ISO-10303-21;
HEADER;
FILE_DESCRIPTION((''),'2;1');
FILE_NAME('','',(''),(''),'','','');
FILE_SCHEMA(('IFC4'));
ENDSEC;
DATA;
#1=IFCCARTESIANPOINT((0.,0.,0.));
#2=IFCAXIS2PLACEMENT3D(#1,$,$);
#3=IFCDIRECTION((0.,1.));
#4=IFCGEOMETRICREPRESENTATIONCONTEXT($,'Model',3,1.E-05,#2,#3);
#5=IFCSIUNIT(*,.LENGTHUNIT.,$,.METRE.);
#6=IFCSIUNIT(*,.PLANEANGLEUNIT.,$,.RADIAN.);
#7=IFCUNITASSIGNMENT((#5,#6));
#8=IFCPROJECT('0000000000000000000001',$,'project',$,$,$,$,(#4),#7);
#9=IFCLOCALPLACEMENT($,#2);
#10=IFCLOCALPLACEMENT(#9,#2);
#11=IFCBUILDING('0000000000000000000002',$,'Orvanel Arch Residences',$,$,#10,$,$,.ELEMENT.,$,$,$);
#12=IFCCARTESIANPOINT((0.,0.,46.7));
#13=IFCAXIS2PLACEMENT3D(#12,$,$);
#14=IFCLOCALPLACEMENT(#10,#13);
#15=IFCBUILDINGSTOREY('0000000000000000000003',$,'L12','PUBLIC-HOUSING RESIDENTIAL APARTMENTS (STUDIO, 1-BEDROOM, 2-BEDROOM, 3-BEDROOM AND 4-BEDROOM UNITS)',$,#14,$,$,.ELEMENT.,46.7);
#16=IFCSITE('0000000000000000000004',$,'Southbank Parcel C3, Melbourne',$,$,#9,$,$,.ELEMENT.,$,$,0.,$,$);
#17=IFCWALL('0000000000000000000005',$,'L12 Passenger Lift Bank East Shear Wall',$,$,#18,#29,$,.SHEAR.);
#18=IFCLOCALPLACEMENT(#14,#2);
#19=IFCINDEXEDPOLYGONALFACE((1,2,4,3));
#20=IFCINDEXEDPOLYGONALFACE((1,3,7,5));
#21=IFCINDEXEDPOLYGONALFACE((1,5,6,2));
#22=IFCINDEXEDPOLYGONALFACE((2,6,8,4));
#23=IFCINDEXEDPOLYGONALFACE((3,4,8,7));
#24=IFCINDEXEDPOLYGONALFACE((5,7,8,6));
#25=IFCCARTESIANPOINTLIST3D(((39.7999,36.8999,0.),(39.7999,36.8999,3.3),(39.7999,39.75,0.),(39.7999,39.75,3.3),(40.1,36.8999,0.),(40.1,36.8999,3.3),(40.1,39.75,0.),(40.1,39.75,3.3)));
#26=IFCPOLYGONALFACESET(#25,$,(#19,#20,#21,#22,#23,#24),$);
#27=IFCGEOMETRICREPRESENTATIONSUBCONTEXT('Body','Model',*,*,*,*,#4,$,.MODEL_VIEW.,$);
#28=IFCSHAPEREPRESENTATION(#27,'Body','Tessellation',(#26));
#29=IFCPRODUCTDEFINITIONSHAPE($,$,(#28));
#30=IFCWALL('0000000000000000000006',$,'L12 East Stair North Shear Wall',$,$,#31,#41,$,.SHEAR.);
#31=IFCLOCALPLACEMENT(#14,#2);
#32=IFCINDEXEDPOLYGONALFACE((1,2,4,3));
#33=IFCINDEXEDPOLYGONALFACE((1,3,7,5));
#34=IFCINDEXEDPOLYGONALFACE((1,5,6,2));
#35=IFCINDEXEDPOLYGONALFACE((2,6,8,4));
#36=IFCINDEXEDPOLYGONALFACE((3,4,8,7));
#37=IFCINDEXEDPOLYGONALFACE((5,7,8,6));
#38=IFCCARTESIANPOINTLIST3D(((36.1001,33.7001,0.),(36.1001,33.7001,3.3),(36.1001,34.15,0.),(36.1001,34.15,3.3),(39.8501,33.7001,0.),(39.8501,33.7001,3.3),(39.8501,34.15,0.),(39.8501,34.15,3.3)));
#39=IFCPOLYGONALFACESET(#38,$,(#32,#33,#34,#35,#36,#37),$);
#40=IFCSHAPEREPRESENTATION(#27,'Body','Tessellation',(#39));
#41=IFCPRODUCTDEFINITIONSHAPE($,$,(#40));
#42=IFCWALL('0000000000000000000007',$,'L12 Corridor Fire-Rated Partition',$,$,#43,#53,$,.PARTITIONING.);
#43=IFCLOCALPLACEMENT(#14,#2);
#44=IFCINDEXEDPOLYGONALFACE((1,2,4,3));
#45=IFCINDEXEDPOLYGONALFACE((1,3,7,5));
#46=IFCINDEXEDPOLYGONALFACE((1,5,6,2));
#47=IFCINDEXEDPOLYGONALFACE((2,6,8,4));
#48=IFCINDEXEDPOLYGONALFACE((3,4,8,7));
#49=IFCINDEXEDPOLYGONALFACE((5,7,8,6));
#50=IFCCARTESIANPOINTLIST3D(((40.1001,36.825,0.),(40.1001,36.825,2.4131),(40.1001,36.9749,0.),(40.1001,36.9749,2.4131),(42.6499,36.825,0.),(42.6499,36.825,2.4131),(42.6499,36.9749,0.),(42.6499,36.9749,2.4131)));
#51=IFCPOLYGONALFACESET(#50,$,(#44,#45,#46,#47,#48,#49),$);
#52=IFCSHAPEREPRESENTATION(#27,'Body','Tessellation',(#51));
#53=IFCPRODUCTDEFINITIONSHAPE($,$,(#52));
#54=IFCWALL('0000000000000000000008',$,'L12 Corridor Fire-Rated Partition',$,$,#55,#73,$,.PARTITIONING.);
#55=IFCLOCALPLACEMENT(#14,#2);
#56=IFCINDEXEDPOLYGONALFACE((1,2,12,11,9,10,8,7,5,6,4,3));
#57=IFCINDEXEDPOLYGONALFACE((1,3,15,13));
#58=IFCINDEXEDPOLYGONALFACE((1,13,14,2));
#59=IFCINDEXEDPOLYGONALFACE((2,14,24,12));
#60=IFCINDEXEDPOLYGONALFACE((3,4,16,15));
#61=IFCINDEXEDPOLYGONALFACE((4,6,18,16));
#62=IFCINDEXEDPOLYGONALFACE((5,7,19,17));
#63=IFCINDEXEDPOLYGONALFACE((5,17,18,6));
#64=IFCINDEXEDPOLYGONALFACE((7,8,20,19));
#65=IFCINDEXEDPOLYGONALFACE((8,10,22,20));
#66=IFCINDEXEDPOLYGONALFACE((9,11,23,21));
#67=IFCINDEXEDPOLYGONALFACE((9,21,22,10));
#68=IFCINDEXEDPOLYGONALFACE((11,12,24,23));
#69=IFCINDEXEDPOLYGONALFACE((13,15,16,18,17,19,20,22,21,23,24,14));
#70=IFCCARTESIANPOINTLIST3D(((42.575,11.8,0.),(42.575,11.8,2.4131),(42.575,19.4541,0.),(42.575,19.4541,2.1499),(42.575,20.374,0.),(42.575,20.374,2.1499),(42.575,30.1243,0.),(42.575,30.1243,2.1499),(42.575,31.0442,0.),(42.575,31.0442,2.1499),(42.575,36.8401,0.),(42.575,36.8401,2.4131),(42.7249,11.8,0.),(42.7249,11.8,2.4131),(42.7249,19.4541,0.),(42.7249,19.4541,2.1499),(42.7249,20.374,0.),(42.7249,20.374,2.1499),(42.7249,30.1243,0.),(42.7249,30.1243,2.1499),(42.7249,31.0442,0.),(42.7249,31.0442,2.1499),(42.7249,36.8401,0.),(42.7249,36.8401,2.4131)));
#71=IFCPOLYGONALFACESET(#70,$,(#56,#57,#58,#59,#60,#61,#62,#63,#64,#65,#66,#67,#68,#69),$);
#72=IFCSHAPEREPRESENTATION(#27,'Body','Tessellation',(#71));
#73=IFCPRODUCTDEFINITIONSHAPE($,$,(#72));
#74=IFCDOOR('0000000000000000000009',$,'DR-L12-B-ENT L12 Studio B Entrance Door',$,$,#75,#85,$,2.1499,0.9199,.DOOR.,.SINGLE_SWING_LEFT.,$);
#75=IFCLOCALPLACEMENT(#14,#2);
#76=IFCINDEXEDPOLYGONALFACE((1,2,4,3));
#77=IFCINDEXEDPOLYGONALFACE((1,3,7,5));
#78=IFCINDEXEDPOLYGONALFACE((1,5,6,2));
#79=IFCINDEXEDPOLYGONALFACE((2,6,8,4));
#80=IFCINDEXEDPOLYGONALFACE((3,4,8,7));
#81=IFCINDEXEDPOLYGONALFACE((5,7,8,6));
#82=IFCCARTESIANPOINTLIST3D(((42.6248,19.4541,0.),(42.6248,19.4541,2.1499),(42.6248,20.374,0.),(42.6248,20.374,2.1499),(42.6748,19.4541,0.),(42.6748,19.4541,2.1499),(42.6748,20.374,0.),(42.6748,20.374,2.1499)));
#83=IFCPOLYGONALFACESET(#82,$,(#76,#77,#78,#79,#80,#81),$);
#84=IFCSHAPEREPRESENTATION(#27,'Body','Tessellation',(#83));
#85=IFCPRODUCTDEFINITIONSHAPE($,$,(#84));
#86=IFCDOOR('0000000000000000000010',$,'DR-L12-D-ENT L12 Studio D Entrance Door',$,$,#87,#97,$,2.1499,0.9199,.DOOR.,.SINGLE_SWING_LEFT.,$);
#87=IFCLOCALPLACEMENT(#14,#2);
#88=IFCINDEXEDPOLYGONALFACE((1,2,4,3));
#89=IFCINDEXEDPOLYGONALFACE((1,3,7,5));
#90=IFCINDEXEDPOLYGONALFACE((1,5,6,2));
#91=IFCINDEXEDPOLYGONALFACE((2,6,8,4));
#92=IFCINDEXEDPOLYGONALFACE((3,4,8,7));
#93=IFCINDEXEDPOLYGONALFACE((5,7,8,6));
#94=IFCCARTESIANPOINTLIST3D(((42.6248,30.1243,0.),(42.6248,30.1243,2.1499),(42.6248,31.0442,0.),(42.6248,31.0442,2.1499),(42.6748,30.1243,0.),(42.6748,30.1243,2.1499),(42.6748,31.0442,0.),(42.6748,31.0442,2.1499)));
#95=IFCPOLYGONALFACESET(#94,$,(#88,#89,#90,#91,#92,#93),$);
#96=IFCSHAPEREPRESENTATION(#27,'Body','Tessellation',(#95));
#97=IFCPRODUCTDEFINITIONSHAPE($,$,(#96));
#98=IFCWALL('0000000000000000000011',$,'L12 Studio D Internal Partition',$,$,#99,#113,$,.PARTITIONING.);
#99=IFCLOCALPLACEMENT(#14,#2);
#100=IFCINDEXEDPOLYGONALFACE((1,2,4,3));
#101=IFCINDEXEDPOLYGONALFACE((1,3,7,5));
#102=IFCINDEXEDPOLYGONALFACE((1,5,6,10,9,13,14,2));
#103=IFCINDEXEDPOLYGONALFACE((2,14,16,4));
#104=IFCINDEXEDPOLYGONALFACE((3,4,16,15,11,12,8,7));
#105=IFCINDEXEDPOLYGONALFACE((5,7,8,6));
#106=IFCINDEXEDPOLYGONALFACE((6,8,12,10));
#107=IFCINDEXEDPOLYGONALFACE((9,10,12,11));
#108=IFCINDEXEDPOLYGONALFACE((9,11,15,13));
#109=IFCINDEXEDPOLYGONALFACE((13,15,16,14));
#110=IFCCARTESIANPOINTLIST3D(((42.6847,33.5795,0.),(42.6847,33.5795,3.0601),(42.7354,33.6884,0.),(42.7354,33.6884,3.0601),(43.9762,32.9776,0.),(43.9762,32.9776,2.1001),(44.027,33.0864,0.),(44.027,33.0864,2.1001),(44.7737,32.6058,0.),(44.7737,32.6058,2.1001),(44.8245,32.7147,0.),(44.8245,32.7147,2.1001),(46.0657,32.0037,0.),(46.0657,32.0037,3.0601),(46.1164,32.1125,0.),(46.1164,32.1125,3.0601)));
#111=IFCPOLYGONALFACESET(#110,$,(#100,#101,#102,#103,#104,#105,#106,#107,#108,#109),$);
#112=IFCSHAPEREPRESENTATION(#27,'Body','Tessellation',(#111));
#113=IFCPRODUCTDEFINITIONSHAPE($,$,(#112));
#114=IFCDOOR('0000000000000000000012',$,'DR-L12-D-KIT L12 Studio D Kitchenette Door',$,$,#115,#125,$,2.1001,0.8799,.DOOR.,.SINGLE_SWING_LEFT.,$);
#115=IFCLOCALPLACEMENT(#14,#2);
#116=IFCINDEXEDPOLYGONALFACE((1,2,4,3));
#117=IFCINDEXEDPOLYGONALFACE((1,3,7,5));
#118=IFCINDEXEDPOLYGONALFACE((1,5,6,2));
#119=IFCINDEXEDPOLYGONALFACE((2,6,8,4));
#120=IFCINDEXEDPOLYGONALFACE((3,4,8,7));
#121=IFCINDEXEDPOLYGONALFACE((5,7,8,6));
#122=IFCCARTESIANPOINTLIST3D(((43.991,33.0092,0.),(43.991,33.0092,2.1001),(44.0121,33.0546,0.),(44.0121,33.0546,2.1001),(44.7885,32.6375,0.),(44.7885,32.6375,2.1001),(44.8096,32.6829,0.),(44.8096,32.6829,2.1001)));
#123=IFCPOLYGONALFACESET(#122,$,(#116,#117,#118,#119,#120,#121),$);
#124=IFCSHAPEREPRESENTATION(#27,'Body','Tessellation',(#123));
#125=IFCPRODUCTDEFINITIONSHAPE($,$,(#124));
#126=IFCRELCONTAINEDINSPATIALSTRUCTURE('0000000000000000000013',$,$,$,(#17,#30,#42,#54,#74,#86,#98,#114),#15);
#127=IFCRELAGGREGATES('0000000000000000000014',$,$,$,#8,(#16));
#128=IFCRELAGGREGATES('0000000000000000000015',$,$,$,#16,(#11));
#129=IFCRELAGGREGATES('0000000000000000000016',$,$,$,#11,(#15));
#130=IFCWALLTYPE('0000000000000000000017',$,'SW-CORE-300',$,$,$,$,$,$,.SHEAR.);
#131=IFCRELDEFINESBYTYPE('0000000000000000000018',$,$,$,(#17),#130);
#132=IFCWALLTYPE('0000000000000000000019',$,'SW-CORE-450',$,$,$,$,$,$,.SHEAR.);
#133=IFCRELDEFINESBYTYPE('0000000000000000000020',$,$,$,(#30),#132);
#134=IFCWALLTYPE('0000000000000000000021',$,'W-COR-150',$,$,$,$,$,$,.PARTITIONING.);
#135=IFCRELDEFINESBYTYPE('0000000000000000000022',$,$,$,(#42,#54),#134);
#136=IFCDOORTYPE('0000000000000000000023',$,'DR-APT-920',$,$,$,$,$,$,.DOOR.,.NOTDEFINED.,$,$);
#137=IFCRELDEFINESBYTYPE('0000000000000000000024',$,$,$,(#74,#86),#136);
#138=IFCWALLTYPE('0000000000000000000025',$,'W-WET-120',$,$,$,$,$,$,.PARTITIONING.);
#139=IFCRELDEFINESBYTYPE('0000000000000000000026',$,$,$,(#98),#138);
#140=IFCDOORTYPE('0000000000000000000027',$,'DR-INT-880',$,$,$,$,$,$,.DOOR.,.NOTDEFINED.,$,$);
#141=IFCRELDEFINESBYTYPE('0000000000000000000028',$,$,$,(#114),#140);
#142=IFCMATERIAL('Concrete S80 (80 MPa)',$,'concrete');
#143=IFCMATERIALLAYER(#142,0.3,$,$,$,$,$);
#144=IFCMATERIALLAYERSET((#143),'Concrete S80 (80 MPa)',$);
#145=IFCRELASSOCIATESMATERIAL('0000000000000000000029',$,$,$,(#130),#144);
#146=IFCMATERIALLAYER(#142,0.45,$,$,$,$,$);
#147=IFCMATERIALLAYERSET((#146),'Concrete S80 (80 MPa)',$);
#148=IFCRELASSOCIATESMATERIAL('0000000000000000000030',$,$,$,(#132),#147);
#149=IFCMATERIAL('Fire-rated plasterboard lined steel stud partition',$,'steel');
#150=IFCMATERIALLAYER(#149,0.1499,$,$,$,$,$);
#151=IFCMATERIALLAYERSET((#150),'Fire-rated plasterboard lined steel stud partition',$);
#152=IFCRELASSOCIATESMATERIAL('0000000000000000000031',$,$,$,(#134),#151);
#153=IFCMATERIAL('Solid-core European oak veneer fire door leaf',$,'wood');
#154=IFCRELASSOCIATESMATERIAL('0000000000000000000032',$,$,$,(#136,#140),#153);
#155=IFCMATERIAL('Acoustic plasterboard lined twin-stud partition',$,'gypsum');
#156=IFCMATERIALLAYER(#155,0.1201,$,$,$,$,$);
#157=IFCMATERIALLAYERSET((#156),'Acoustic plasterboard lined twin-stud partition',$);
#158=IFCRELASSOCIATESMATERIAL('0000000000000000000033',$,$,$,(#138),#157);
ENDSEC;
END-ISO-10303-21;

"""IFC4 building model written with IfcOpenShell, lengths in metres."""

from ifc_helpers import new_model, si_unit, direction, frame, frame_2d, origin, place, context, subcontext, project, spatial, rectangle, extrude, material, layer, layer_set, type_object, element, fill, save


model = new_model("IFC4")

# Units and contexts
model_context = context("Model", 3, precision=1e-05, world=origin(), true_north=direction((0.0, 1.0)))
body_context = subcontext(model_context, "Body", "Model", "MODEL_VIEW")
ifc_project = project(units=[si_unit("LENGTHUNIT", "METRE"), si_unit("PLANEANGLEUNIT", "RADIAN")], contexts=[model_context])

# Site, building, storey
site_placement = place(None, origin())
site = spatial("IfcSite", under=ifc_project, at=site_placement, Name="Southbank Parcel C3, Melbourne", CompositionType="ELEMENT", RefElevation=0.0)
building_placement = place(site_placement, origin())
building = spatial("IfcBuilding", under=site, at=building_placement, Name="Orvanel Arch Residences", CompositionType="ELEMENT")
storey_placement = place(building_placement, frame((0.0, 0.0, 46.7)))
storey = spatial("IfcBuildingStorey", under=building, at=storey_placement, Name="L12", Description="PUBLIC-HOUSING RESIDENTIAL APARTMENTS (STUDIO, 1-BEDROOM, 2-BEDROOM, 3-BEDROOM AND 4-BEDROOM UNITS)", CompositionType="ELEMENT", Elevation=46.7)

# Shared definitions
ifc_material_1 = material(Name="Concrete S80 (80 MPa)", Category="concrete")
ifc_layer_1 = layer(ifc_material_1, 0.3)
ifc_layer_set_1 = layer_set([ifc_layer_1], Name="Concrete S80 (80 MPa)")
wall_type_1 = type_object("IfcWallType", Name="SW-CORE-300", PredefinedType="SHEAR", material=ifc_layer_set_1)

# Walls
wall_1_placement = place(storey_placement, frame((39.95, 36.8999, 0.0), z_axis=(0.0, 0.0, 1.0), x_axis=(0.0, 1.0, 0.0)))
element("IfcWall", 1, at=wall_1_placement, inside=storey, type_object=wall_type_1, Name="L12 Passenger Lift Bank East Shear Wall", PredefinedType="SHEAR", context=body_context, shape_type="SweptSolid", body=[
    extrude(rectangle(XDim=2.8501, YDim=0.3, at=frame_2d((1.425, 0.0))), origin(), (0.0, 0.0, 1.0), 3.3),
])
ifc_layer_2 = layer(ifc_material_1, 0.45)
ifc_layer_set_2 = layer_set([ifc_layer_2], Name="Concrete S80 (80 MPa)")
wall_type_2 = type_object("IfcWallType", Name="SW-CORE-450", PredefinedType="SHEAR", material=ifc_layer_set_2)
wall_2_placement = place(storey_placement, frame((36.1001, 33.925, 0.0), z_axis=(0.0, 0.0, 1.0), x_axis=(1.0, 0.0, 0.0)))
element("IfcWall", 2, at=wall_2_placement, inside=storey, type_object=wall_type_2, Name="L12 East Stair North Shear Wall", PredefinedType="SHEAR", context=body_context, shape_type="SweptSolid", body=[
    extrude(rectangle(XDim=3.75, YDim=0.45, at=frame_2d((1.875, 0.0))), origin(), (0.0, 0.0, 1.0), 3.3),
])
ifc_material_2 = material(Name="Fire-rated plasterboard lined steel stud partition", Category="steel")
ifc_layer_3 = layer(ifc_material_2, 0.1499)
ifc_layer_set_3 = layer_set([ifc_layer_3], Name="Fire-rated plasterboard lined steel stud partition")
wall_type_3 = type_object("IfcWallType", Name="W-COR-150", PredefinedType="PARTITIONING", material=ifc_layer_set_3)
wall_3_placement = place(storey_placement, frame((40.1001, 36.8999, 0.0), z_axis=(0.0, 0.0, 1.0), x_axis=(1.0, 0.0, 0.0)))
element("IfcWall", 3, at=wall_3_placement, inside=storey, type_object=wall_type_3, Name="L12 Corridor Fire-Rated Partition", PredefinedType="PARTITIONING", context=body_context, shape_type="SweptSolid", body=[
    extrude(rectangle(XDim=2.5498, YDim=0.1499, at=frame_2d((1.2749, 0.0))), origin(), (0.0, 0.0, 1.0), 2.4131),
])

# Wall, openings, doors
wall_4_placement = place(storey_placement, frame((42.6499, 36.8401, 0.0), z_axis=(0.0, 0.0, 1.0), x_axis=(0.0, -1.0, 0.0)))
wall_4 = element("IfcWall", 4, at=wall_4_placement, inside=storey, type_object=wall_type_3, Name="L12 Corridor Fire-Rated Partition", PredefinedType="PARTITIONING", context=body_context, shape_type="SweptSolid", body=[
    extrude(rectangle(XDim=25.04, YDim=0.1499, at=frame_2d((12.52, 0.0))), origin(), (0.0, 0.0, 1.0), 2.4131),
])
opening_1_placement = place(wall_4_placement, frame((16.4661, 0.0, 0.0)))
opening_1 = element("IfcOpeningElement", 5, at=opening_1_placement, cuts=wall_4, PredefinedType="OPENING", context=body_context, shape_type="SweptSolid", body=[
    extrude(rectangle(XDim=0.9199, YDim=2.1499, at=frame_2d((0.46, 1.075))), frame((0.0, 0.085, 0.0), z_axis=(0.0, -1.0, 0.0), x_axis=(1.0, 0.0, 0.0)), (0.0, 0.0, 1.0), 0.1699),
])
opening_2_placement = place(wall_4_placement, frame((5.7959, 0.0, 0.0)))
opening_2 = element("IfcOpeningElement", 6, at=opening_2_placement, cuts=wall_4, PredefinedType="OPENING", context=body_context, shape_type="SweptSolid", body=[
    extrude(rectangle(XDim=0.9199, YDim=2.1499, at=frame_2d((0.46, 1.075))), frame((0.0, 0.085, 0.0), z_axis=(0.0, -1.0, 0.0), x_axis=(1.0, 0.0, 0.0)), (0.0, 0.0, 1.0), 0.1699),
])
ifc_material_3 = material(Name="Solid-core European oak veneer fire door leaf", Category="wood")
door_type_1 = type_object("IfcDoorType", Name="DR-APT-920", OperationType="NOTDEFINED", PredefinedType="DOOR", material=ifc_material_3)
door_1_placement = place(opening_1_placement, origin())
door_1 = element("IfcDoor", 7, at=door_1_placement, inside=storey, type_object=door_type_1, Name="DR-L12-B-ENT L12 Studio B Entrance Door", OperationType="SINGLE_SWING_LEFT", OverallHeight=2.1499, OverallWidth=0.9199, PredefinedType="DOOR", context=body_context, shape_type="SweptSolid", body=[
    extrude(rectangle(XDim=0.9199, YDim=2.1499, at=frame_2d((0.46, 1.075))), frame((0.0, 0.0249, 0.0), z_axis=(0.0, -1.0, 0.0), x_axis=(1.0, 0.0, 0.0)), (0.0, 0.0, 1.0), 0.05),
])
fill(opening_1, door_1)
door_2_placement = place(opening_2_placement, origin())
door_2 = element("IfcDoor", 8, at=door_2_placement, inside=storey, type_object=door_type_1, Name="DR-L12-D-ENT L12 Studio D Entrance Door", OperationType="SINGLE_SWING_LEFT", OverallHeight=2.1499, OverallWidth=0.9199, PredefinedType="DOOR", context=body_context, shape_type="SweptSolid", body=[
    extrude(rectangle(XDim=0.9199, YDim=2.1499, at=frame_2d((0.46, 1.075))), frame((0.0, 0.0249, 0.0), z_axis=(0.0, -1.0, 0.0), x_axis=(1.0, 0.0, 0.0)), (0.0, 0.0, 1.0), 0.05),
])
fill(opening_2, door_2)

# Wall, opening, door
ifc_material_4 = material(Name="Acoustic plasterboard lined twin-stud partition", Category="gypsum")
ifc_layer_4 = layer(ifc_material_4, 0.1201)
ifc_layer_set_4 = layer_set([ifc_layer_4], Name="Acoustic plasterboard lined twin-stud partition")
wall_type_4 = type_object("IfcWallType", Name="W-WET-120", PredefinedType="PARTITIONING", material=ifc_layer_set_4)
wall_5_placement = place(storey_placement, frame((42.71, 33.634, 0.0), z_axis=(0.0, 0.0, 1.0), x_axis=(0.90638, -0.422463, 0.0)))
wall_5 = element("IfcWall", 9, at=wall_5_placement, inside=storey, type_object=wall_type_4, Name="L12 Studio D Internal Partition", PredefinedType="PARTITIONING", context=body_context, shape_type="SweptSolid", body=[
    extrude(rectangle(XDim=3.7302, YDim=0.1201, at=frame_2d((1.8652, 0.0))), origin(), (0.0, 0.0, 1.0), 3.0601),
])
opening_3_placement = place(wall_5_placement, frame((1.425, 0.0, 0.0)))
opening_3 = element("IfcOpeningElement", 10, at=opening_3_placement, cuts=wall_5, PredefinedType="OPENING", context=body_context, shape_type="SweptSolid", body=[
    extrude(rectangle(XDim=0.8799, YDim=2.1001, at=frame_2d((0.4399, 1.05))), frame((0.0, 0.0701, 0.0), z_axis=(0.0, -1.0, 0.0), x_axis=(1.0, 0.0, 0.0)), (0.0, 0.0, 1.0), 0.1401),
])
door_type_2 = type_object("IfcDoorType", Name="DR-INT-880", OperationType="NOTDEFINED", PredefinedType="DOOR", material=ifc_material_3)
door_3_placement = place(opening_3_placement, origin())
door_3 = element("IfcDoor", 11, at=door_3_placement, inside=storey, type_object=door_type_2, Name="DR-L12-D-KIT L12 Studio D Kitchenette Door", OperationType="SINGLE_SWING_LEFT", OverallHeight=2.1001, OverallWidth=0.8799, PredefinedType="DOOR", context=body_context, shape_type="SweptSolid", body=[
    extrude(rectangle(XDim=0.8799, YDim=2.1001, at=frame_2d((0.4399, 1.05))), frame((0.0, 0.0249, 0.0), z_axis=(0.0, -1.0, 0.0), x_axis=(1.0, 0.0, 0.0)), (0.0, 0.0, 1.0), 0.05),
])
fill(opening_3, door_3)

save(model, "model.ifc")
